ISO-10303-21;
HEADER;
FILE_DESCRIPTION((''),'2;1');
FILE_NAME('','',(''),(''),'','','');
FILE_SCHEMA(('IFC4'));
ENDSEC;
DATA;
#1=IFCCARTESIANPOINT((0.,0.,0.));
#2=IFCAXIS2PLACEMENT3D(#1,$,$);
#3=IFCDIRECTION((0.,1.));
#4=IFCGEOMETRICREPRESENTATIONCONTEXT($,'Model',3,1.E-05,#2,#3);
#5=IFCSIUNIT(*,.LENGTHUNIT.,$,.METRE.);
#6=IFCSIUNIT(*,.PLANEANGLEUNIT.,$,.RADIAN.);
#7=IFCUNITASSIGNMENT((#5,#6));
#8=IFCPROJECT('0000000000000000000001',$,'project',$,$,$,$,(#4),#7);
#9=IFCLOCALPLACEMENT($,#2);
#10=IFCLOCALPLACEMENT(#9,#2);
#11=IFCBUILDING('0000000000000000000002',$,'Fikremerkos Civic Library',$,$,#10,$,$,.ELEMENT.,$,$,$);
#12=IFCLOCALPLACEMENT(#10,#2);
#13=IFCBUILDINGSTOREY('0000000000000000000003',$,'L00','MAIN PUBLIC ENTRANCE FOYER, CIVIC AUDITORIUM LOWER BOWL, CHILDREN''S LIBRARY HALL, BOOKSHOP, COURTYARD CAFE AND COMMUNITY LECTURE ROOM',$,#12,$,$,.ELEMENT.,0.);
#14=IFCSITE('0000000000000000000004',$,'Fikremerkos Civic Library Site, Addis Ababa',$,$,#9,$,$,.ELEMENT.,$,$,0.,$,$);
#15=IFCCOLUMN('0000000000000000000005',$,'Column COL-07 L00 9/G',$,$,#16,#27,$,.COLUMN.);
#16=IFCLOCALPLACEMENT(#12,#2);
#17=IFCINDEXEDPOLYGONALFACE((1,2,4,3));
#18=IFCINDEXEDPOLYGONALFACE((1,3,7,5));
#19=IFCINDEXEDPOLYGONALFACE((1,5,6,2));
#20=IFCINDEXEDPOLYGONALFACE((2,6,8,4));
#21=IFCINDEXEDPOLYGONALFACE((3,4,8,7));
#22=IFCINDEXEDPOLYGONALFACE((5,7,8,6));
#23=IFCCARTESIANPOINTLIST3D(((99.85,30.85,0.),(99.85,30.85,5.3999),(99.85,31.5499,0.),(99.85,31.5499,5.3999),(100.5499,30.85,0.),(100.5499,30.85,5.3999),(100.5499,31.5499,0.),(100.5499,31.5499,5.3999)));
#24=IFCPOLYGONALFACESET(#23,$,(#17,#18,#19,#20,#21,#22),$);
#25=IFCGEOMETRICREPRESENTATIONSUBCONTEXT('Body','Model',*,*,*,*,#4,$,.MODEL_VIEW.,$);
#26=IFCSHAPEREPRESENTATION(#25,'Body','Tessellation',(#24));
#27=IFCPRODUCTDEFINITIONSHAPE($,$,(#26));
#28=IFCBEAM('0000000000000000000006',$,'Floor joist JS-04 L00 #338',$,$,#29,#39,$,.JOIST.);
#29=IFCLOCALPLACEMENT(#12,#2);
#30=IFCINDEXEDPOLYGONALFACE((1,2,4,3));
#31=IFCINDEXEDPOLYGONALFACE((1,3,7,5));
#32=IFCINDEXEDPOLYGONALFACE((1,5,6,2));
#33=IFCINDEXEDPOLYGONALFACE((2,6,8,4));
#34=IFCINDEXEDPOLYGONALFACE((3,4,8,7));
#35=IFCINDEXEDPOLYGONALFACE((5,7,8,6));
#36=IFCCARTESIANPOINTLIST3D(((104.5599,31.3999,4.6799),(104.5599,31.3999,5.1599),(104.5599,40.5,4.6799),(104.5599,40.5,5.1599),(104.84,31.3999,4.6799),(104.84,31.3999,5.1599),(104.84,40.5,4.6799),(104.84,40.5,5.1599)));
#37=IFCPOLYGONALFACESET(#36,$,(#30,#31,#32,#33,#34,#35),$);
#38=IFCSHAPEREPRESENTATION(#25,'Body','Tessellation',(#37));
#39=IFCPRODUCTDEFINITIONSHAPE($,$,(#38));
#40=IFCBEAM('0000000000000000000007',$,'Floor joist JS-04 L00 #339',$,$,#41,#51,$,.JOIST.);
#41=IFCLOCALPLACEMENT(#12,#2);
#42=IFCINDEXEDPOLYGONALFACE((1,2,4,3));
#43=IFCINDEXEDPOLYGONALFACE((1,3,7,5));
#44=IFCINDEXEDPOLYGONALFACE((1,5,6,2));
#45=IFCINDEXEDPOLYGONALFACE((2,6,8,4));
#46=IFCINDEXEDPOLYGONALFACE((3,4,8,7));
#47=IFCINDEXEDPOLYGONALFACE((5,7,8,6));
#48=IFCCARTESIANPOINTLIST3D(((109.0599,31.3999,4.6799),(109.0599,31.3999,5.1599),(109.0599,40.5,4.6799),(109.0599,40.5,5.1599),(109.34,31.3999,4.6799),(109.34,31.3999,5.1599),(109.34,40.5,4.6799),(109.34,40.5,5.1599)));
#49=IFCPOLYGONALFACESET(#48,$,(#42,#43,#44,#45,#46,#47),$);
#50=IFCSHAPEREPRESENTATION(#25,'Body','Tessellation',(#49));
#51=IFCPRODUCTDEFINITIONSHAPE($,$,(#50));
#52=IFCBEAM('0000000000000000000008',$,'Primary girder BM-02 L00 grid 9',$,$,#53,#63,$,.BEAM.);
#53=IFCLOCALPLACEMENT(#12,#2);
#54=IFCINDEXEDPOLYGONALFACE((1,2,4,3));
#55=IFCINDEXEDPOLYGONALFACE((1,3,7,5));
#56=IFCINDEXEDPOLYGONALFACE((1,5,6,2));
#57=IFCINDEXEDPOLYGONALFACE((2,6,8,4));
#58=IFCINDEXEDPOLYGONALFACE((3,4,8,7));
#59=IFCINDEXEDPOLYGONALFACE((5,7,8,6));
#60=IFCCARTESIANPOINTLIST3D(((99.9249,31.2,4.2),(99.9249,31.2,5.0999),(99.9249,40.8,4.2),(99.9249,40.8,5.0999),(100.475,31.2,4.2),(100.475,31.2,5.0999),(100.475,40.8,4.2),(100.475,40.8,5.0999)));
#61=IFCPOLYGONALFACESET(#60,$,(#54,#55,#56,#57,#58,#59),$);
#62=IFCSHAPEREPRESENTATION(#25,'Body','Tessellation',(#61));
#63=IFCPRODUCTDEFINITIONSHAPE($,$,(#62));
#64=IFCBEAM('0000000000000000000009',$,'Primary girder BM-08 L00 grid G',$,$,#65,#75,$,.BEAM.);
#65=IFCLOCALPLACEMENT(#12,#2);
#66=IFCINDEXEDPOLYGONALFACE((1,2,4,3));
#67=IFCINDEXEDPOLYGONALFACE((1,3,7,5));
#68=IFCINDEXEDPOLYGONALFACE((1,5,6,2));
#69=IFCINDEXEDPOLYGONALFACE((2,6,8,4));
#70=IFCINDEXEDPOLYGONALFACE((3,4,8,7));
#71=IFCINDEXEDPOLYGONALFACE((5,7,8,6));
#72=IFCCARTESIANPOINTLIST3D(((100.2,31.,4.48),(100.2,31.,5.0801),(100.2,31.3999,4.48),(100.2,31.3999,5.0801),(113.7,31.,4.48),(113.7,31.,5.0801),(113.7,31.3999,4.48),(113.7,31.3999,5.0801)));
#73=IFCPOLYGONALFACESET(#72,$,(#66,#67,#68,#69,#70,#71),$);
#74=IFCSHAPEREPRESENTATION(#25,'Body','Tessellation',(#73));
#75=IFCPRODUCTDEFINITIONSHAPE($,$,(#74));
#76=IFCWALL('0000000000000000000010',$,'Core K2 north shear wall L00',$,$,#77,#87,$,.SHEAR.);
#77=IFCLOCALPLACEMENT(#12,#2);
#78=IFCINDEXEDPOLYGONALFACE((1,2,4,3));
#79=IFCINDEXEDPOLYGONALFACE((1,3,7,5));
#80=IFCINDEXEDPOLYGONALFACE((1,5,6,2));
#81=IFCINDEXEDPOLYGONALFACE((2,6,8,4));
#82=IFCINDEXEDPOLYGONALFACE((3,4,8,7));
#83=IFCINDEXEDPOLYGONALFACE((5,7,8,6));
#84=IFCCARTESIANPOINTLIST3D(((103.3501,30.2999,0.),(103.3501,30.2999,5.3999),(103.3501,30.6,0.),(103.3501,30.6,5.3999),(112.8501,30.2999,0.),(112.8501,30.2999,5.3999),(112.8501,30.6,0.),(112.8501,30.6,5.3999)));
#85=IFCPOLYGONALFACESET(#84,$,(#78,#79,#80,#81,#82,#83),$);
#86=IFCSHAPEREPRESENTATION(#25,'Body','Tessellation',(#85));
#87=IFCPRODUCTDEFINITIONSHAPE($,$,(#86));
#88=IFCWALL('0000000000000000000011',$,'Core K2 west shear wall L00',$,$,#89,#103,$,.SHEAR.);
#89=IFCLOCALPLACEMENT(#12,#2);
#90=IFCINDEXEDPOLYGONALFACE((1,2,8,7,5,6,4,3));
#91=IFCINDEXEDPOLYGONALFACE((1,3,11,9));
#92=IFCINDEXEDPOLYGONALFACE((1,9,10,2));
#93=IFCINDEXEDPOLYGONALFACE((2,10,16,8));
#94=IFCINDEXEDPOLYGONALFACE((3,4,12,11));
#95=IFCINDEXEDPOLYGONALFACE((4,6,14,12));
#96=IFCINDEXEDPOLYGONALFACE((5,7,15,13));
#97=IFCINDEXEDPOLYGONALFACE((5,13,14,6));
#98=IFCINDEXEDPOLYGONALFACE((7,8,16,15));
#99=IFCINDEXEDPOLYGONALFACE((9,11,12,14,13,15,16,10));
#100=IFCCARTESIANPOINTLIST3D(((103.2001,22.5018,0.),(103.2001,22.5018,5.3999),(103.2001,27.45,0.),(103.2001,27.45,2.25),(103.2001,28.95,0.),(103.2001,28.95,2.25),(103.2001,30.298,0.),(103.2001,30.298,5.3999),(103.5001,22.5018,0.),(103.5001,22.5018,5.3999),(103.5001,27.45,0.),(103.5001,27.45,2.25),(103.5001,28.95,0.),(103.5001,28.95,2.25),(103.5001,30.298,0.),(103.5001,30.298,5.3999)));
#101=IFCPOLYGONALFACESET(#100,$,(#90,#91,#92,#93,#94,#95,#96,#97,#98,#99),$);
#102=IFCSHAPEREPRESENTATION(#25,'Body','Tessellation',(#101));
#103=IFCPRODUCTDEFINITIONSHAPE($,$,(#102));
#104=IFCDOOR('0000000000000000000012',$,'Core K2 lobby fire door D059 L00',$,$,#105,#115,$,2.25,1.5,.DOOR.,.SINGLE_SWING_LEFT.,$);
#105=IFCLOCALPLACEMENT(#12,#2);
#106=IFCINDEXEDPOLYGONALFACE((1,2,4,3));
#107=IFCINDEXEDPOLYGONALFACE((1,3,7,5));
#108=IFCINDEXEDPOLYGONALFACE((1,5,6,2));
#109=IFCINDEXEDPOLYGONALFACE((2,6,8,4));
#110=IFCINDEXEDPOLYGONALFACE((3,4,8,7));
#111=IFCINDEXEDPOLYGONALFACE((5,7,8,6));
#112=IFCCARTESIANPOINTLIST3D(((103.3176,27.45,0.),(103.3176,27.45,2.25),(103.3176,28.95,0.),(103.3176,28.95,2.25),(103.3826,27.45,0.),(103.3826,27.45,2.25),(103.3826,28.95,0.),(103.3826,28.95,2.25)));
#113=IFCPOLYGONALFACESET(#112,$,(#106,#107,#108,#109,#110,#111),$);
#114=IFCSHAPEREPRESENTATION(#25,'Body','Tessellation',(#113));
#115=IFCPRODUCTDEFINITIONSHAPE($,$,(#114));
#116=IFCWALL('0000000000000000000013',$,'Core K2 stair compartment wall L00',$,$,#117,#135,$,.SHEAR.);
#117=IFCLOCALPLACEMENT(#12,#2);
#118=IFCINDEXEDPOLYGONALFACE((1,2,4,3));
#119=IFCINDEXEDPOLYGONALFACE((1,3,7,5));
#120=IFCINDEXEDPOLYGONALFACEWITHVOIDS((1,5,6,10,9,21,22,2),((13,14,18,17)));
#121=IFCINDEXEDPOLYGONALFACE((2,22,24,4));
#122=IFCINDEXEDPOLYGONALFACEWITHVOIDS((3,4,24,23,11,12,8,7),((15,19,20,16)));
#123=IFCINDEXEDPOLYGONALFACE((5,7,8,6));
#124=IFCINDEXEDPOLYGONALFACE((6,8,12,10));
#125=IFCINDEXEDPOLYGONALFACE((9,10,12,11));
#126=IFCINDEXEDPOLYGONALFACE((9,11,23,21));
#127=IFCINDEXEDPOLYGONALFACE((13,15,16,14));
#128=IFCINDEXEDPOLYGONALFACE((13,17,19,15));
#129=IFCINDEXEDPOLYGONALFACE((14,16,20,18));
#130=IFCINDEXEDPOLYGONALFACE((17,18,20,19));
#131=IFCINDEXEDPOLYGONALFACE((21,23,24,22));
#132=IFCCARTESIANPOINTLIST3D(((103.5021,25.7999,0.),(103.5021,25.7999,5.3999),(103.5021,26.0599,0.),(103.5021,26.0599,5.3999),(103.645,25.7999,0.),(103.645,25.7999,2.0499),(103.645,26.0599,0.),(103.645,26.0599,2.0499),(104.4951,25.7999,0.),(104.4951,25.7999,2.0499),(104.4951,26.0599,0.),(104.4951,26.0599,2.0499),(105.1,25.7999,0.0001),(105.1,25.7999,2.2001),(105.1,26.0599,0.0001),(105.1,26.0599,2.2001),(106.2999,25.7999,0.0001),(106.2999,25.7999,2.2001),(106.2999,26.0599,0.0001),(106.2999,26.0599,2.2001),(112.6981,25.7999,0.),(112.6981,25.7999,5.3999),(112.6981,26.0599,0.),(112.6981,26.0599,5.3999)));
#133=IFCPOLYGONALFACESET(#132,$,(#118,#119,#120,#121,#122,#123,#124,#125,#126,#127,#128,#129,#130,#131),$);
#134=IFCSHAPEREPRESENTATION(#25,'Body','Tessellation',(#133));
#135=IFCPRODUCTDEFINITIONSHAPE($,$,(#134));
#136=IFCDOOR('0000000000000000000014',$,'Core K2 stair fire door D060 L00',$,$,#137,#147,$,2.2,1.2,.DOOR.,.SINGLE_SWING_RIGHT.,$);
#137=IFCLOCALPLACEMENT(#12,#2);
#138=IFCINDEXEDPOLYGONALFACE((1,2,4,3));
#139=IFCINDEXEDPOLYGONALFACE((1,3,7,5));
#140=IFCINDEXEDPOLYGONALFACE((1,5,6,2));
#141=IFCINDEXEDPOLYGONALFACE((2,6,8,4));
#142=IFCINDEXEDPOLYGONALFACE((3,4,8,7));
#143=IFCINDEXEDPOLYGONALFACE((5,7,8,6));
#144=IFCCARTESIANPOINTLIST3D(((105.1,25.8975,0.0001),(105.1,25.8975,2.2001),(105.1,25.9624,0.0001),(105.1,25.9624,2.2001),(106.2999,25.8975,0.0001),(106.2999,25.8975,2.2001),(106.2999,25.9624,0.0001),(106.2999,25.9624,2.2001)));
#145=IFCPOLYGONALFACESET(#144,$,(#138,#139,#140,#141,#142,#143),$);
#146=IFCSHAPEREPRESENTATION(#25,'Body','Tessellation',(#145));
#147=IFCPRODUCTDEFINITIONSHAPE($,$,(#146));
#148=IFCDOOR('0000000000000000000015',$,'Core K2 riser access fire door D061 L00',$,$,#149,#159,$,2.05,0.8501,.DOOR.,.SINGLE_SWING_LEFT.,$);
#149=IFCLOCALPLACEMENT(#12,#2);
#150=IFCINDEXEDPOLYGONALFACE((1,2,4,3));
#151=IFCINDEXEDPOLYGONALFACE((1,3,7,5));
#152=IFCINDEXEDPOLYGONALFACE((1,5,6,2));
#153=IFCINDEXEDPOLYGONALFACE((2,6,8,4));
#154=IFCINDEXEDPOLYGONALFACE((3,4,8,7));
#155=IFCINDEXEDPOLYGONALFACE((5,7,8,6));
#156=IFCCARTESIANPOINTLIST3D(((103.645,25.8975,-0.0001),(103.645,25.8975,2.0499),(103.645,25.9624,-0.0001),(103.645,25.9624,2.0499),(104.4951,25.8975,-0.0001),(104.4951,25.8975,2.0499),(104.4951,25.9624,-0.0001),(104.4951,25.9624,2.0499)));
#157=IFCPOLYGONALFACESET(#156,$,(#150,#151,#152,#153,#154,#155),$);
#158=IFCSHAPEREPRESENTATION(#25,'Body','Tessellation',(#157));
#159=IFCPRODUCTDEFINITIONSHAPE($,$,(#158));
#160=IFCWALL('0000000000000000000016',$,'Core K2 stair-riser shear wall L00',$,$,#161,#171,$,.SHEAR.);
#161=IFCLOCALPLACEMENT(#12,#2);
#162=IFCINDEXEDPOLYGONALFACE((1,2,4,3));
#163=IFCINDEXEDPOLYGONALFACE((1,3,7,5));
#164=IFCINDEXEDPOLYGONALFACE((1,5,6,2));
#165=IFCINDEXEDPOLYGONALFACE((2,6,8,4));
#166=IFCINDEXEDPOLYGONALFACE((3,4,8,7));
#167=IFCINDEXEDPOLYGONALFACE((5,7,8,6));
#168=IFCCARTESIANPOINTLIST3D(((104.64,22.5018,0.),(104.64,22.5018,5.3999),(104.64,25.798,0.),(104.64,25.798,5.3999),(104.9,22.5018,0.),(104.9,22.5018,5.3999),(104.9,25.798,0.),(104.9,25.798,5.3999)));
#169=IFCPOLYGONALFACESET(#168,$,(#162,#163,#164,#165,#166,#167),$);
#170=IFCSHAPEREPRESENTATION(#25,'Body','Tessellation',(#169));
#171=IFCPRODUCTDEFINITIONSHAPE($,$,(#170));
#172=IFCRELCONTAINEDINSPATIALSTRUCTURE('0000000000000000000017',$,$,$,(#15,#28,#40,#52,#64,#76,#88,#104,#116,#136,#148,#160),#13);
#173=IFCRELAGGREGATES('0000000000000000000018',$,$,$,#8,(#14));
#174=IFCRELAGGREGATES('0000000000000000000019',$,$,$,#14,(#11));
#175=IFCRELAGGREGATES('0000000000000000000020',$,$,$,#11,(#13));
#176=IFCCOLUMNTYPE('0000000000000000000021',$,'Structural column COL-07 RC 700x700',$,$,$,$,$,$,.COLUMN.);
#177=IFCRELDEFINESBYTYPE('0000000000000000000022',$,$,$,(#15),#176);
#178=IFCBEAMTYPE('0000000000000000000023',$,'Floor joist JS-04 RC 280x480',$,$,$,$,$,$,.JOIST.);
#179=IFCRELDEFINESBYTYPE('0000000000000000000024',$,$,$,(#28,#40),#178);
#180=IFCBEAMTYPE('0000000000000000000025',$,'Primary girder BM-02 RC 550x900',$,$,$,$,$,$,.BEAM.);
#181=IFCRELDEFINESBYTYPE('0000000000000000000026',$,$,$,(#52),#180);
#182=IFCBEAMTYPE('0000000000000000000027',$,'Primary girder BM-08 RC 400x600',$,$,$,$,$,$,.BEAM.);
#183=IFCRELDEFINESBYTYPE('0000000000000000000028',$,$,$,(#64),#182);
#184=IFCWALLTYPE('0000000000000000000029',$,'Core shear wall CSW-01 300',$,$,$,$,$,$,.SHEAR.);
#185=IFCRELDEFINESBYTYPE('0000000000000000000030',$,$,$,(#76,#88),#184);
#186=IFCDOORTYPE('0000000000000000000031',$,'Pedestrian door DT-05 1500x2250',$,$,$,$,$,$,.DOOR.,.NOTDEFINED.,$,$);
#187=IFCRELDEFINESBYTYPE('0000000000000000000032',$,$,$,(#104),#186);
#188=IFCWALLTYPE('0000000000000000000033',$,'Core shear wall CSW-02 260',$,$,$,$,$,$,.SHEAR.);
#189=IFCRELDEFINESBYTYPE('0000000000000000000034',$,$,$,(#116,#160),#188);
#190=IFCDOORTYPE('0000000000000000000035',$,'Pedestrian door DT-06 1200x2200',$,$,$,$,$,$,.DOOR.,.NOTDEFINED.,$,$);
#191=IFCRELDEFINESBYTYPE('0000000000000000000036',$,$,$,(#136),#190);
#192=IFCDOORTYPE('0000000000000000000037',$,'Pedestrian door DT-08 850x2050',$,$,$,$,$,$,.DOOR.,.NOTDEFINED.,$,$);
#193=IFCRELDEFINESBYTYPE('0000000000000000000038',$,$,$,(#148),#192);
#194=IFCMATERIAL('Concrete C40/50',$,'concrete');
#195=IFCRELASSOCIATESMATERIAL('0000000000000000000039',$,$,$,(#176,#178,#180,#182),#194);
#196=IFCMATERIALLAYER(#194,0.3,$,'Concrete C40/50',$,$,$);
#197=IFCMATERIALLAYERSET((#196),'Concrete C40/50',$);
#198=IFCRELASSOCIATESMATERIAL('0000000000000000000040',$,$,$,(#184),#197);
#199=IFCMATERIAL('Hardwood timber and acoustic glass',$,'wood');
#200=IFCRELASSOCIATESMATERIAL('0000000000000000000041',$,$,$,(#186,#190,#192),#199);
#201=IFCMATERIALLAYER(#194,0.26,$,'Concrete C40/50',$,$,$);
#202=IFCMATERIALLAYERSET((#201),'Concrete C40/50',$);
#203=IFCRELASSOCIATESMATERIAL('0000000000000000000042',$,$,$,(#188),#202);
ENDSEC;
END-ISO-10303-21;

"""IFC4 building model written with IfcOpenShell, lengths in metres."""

from ifc_helpers import new_model, si_unit, direction, frame, frame_2d, origin, origin_2d, place, context, subcontext, project, spatial, rectangle, extrude, material, layer, layer_set, material_profile, profile_set, type_object, element, fill, save


model = new_model("IFC4")

# Units and contexts
model_context = context("Model", 3, precision=1e-05, world=origin(), true_north=direction((0.0, 1.0)))
body_context = subcontext(model_context, "Body", "Model", "MODEL_VIEW")
ifc_project = project(units=[si_unit("LENGTHUNIT", "METRE"), si_unit("PLANEANGLEUNIT", "RADIAN")], contexts=[model_context])

# Site, building, storey
site_placement = place(None, origin())
site = spatial("IfcSite", under=ifc_project, at=site_placement, Name="Fikremerkos Civic Library Site, Addis Ababa", CompositionType="ELEMENT", RefElevation=0.0)
building_placement = place(site_placement, origin())
building = spatial("IfcBuilding", under=site, at=building_placement, Name="Fikremerkos Civic Library", CompositionType="ELEMENT")
storey_placement = place(building_placement, origin())
storey = spatial("IfcBuildingStorey", under=building, at=storey_placement, Name="L00", Description="MAIN PUBLIC ENTRANCE FOYER, CIVIC AUDITORIUM LOWER BOWL, CHILDREN'S LIBRARY HALL, BOOKSHOP, COURTYARD CAFE AND COMMUNITY LECTURE ROOM", CompositionType="ELEMENT", Elevation=0.0)

# Column
ifc_material_1 = material(Name="Concrete C40/50", Category="concrete")
ifc_material_profile_1 = material_profile(ifc_material_1, rectangle(XDim=0.7, YDim=0.7, at=origin_2d()), Name="RC 700x700")
ifc_profile_set_1 = profile_set([ifc_material_profile_1], Name="Concrete C40/50")
column_type = type_object("IfcColumnType", Name="Structural column COL-07 RC 700x700", PredefinedType="COLUMN", material=ifc_profile_set_1)
column_placement = place(storey_placement, frame((100.2, 31.2, 0.0), z_axis=(0.0, 0.0, 1.0), x_axis=(1.0, 0.0, 0.0)))
element("IfcColumn", 1, at=column_placement, inside=storey, type_object=column_type, Name="Column COL-07 L00 9/G", PredefinedType="COLUMN", context=body_context, shape_type="SweptSolid", body=[
    extrude(rectangle(XDim=0.7, YDim=0.7, at=origin_2d()), origin(), (0.0, 0.0, 1.0), 5.3999),
])

# Beams
ifc_material_profile_2 = material_profile(ifc_material_1, rectangle(XDim=0.28, YDim=0.48, at=origin_2d()), Name="RC 280x480")
ifc_profile_set_2 = profile_set([ifc_material_profile_2], Name="Concrete C40/50")
beam_type_1 = type_object("IfcBeamType", Name="Floor joist JS-04 RC 280x480", PredefinedType="JOIST", material=ifc_profile_set_2)
for number, where, z_axis, x_axis, name in (
    (2, (104.7, 31.3999, 4.9199), (0.0, 1.0, 0.0), (-1.0, 0.0, 0.0), "Floor joist JS-04 L00 #338"),
    (3, (109.2, 31.3999, 4.9199), (0.0, 1.0, 0.0), (-1.0, 0.0, 0.0), "Floor joist JS-04 L00 #339"),
):
    element("IfcBeam", number, at=place(storey_placement, frame(where, z_axis=z_axis, x_axis=x_axis)), inside=storey, type_object=beam_type_1, Name=name, PredefinedType="JOIST", context=body_context, shape_type="SweptSolid", body=[
        extrude(rectangle(XDim=0.28, YDim=0.48, at=origin_2d()), origin(), (0.0, 0.0, 1.0), 9.1001),
    ])
ifc_material_profile_3 = material_profile(ifc_material_1, rectangle(XDim=0.55, YDim=0.8999, at=origin_2d()), Name="RC 550x900")
ifc_profile_set_3 = profile_set([ifc_material_profile_3], Name="Concrete C40/50")
beam_type_2 = type_object("IfcBeamType", Name="Primary girder BM-02 RC 550x900", PredefinedType="BEAM", material=ifc_profile_set_3)
beam_1_placement = place(storey_placement, frame((100.2, 31.2, 4.6499), z_axis=(0.0, 1.0, 0.0), x_axis=(-1.0, 0.0, 0.0)))
element("IfcBeam", 4, at=beam_1_placement, inside=storey, type_object=beam_type_2, Name="Primary girder BM-02 L00 grid 9", PredefinedType="BEAM", context=body_context, shape_type="SweptSolid", body=[
    extrude(rectangle(XDim=0.55, YDim=0.8999, at=origin_2d()), origin(), (0.0, 0.0, 1.0), 9.6001),
])
ifc_material_profile_4 = material_profile(ifc_material_1, rectangle(XDim=0.3999, YDim=0.6001, at=origin_2d()), Name="RC 400x600")
ifc_profile_set_4 = profile_set([ifc_material_profile_4], Name="Concrete C40/50")
beam_type_3 = type_object("IfcBeamType", Name="Primary girder BM-08 RC 400x600", PredefinedType="BEAM", material=ifc_profile_set_4)
beam_2_placement = place(storey_placement, frame((100.2, 31.2, 4.78), z_axis=(1.0, 0.0, 0.0), x_axis=(0.0, 1.0, 0.0)))
element("IfcBeam", 5, at=beam_2_placement, inside=storey, type_object=beam_type_3, Name="Primary girder BM-08 L00 grid G", PredefinedType="BEAM", context=body_context, shape_type="SweptSolid", body=[
    extrude(rectangle(XDim=0.3999, YDim=0.6001, at=origin_2d()), origin(), (0.0, 0.0, 1.0), 13.5),
])

# Wall
ifc_layer_1 = layer(ifc_material_1, 0.3, Name="Concrete C40/50")
ifc_layer_set_1 = layer_set([ifc_layer_1], Name="Concrete C40/50")
wall_type_1 = type_object("IfcWallType", Name="Core shear wall CSW-01 300", PredefinedType="SHEAR", material=ifc_layer_set_1)
wall_1_placement = place(storey_placement, frame((103.3501, 30.45, 0.0), z_axis=(0.0, 0.0, 1.0), x_axis=(1.0, 0.0, 0.0)))
element("IfcWall", 6, at=wall_1_placement, inside=storey, type_object=wall_type_1, Name="Core K2 north shear wall L00", PredefinedType="SHEAR", context=body_context, shape_type="SweptSolid", body=[
    extrude(rectangle(XDim=9.5, YDim=0.3, at=frame_2d((4.75, 0.0))), origin(), (0.0, 0.0, 1.0), 5.3999),
])

# Wall, opening, door
wall_2_placement = place(storey_placement, frame((103.3501, 22.502, 0.0), z_axis=(0.0, 0.0, 1.0), x_axis=(0.0, 1.0, 0.0)))
wall_2 = element("IfcWall", 7, at=wall_2_placement, inside=storey, type_object=wall_type_1, Name="Core K2 west shear wall L00", PredefinedType="SHEAR", context=body_context, shape_type="SweptSolid", body=[
    extrude(rectangle(XDim=7.7961, YDim=0.3, at=frame_2d((3.8979, 0.0))), origin(), (0.0, 0.0, 1.0), 5.3999),
])
opening_1_placement = place(wall_2_placement, frame((4.948, 0.0, 0.0)))
opening_1 = element("IfcOpeningElement", 8, at=opening_1_placement, cuts=wall_2, PredefinedType="OPENING", context=body_context, shape_type="SweptSolid", body=[
    extrude(rectangle(XDim=1.5, YDim=2.25, at=frame_2d((0.75, 1.125))), frame((0.0, 0.1599, 0.0), z_axis=(0.0, -1.0, 0.0), x_axis=(1.0, 0.0, 0.0)), (0.0, 0.0, 1.0), 0.3201),
])
ifc_material_2 = material(Name="Hardwood timber and acoustic glass", Category="wood")
door_type_1 = type_object("IfcDoorType", Name="Pedestrian door DT-05 1500x2250", OperationType="NOTDEFINED", PredefinedType="DOOR", material=ifc_material_2)
door_1_placement = place(opening_1_placement, origin())
door_1 = element("IfcDoor", 9, at=door_1_placement, inside=storey, type_object=door_type_1, Name="Core K2 lobby fire door D059 L00", OperationType="SINGLE_SWING_LEFT", OverallHeight=2.25, OverallWidth=1.5, PredefinedType="DOOR", context=body_context, shape_type="SweptSolid", body=[
    extrude(rectangle(XDim=1.5, YDim=2.25, at=frame_2d((0.75, 1.125))), frame((0.0, 0.0325, 0.0), z_axis=(0.0, -1.0, 0.0), x_axis=(1.0, 0.0, 0.0)), (0.0, 0.0, 1.0), 0.0649),
])
fill(opening_1, door_1)

# Wall, openings, doors
ifc_layer_2 = layer(ifc_material_1, 0.26, Name="Concrete C40/50")
ifc_layer_set_2 = layer_set([ifc_layer_2], Name="Concrete C40/50")
wall_type_2 = type_object("IfcWallType", Name="Core shear wall CSW-02 260", PredefinedType="SHEAR", material=ifc_layer_set_2)
wall_3_placement = place(storey_placement, frame((103.502, 25.9299, 0.0), z_axis=(0.0, 0.0, 1.0), x_axis=(1.0, 0.0, 0.0)))
wall_3 = element("IfcWall", 10, at=wall_3_placement, inside=storey, type_object=wall_type_2, Name="Core K2 stair compartment wall L00", PredefinedType="SHEAR", context=body_context, shape_type="SweptSolid", body=[
    extrude(rectangle(XDim=9.196, YDim=0.26, at=frame_2d((4.5981, 0.0))), origin(), (0.0, 0.0, 1.0), 5.3999),
])
opening_2_placement = place(wall_3_placement, frame((1.5979, 0.0, 0.0)))
opening_2 = element("IfcOpeningElement", 11, at=opening_2_placement, cuts=wall_3, PredefinedType="OPENING", context=body_context, shape_type="SweptSolid", body=[
    extrude(rectangle(XDim=1.2, YDim=2.2, at=frame_2d((0.6001, 1.1001))), frame((0.0, 0.1399, 0.0), z_axis=(0.0, -1.0, 0.0), x_axis=(1.0, 0.0, 0.0)), (0.0, 0.0, 1.0), 0.28),
])
opening_3_placement = place(wall_3_placement, frame((0.1431, 0.0, 0.0)))
opening_3 = element("IfcOpeningElement", 12, at=opening_3_placement, cuts=wall_3, PredefinedType="OPENING", context=body_context, shape_type="SweptSolid", body=[
    extrude(rectangle(XDim=0.8501, YDim=2.05, at=frame_2d((0.425, 1.0249))), frame((0.0, 0.1399, 0.0), z_axis=(0.0, -1.0, 0.0), x_axis=(1.0, 0.0, 0.0)), (0.0, 0.0, 1.0), 0.28),
])
door_type_2 = type_object("IfcDoorType", Name="Pedestrian door DT-06 1200x2200", OperationType="NOTDEFINED", PredefinedType="DOOR", material=ifc_material_2)
door_2_placement = place(opening_2_placement, origin())
door_2 = element("IfcDoor", 13, at=door_2_placement, inside=storey, type_object=door_type_2, Name="Core K2 stair fire door D060 L00", OperationType="SINGLE_SWING_RIGHT", OverallHeight=2.2, OverallWidth=1.2, PredefinedType="DOOR", context=body_context, shape_type="SweptSolid", body=[
    extrude(rectangle(XDim=1.2, YDim=2.2, at=frame_2d((0.6001, 1.1001))), frame((0.0, 0.0325, 0.0), z_axis=(0.0, -1.0, 0.0), x_axis=(1.0, 0.0, 0.0)), (0.0, 0.0, 1.0), 0.0649),
])
fill(opening_2, door_2)
door_type_3 = type_object("IfcDoorType", Name="Pedestrian door DT-08 850x2050", OperationType="NOTDEFINED", PredefinedType="DOOR", material=ifc_material_2)
door_3_placement = place(opening_3_placement, origin())
door_3 = element("IfcDoor", 14, at=door_3_placement, inside=storey, type_object=door_type_3, Name="Core K2 riser access fire door D061 L00", OperationType="SINGLE_SWING_LEFT", OverallHeight=2.05, OverallWidth=0.8501, PredefinedType="DOOR", context=body_context, shape_type="SweptSolid", body=[
    extrude(rectangle(XDim=0.8501, YDim=2.05, at=frame_2d((0.425, 1.0249))), frame((0.0, 0.0325, 0.0), z_axis=(0.0, -1.0, 0.0), x_axis=(1.0, 0.0, 0.0)), (0.0, 0.0, 1.0), 0.0649),
])
fill(opening_3, door_3)

# Wall
wall_4_placement = place(storey_placement, frame((104.77, 22.502, 0.0), z_axis=(0.0, 0.0, 1.0), x_axis=(0.0, 1.0, 0.0)))
element("IfcWall", 15, at=wall_4_placement, inside=storey, type_object=wall_type_2, Name="Core K2 stair-riser shear wall L00", PredefinedType="SHEAR", context=body_context, shape_type="SweptSolid", body=[
    extrude(rectangle(XDim=3.2961, YDim=0.26, at=frame_2d((1.6479, 0.0))), origin(), (0.0, 0.0, 1.0), 5.3999),
])

save(model, "model.ifc")
